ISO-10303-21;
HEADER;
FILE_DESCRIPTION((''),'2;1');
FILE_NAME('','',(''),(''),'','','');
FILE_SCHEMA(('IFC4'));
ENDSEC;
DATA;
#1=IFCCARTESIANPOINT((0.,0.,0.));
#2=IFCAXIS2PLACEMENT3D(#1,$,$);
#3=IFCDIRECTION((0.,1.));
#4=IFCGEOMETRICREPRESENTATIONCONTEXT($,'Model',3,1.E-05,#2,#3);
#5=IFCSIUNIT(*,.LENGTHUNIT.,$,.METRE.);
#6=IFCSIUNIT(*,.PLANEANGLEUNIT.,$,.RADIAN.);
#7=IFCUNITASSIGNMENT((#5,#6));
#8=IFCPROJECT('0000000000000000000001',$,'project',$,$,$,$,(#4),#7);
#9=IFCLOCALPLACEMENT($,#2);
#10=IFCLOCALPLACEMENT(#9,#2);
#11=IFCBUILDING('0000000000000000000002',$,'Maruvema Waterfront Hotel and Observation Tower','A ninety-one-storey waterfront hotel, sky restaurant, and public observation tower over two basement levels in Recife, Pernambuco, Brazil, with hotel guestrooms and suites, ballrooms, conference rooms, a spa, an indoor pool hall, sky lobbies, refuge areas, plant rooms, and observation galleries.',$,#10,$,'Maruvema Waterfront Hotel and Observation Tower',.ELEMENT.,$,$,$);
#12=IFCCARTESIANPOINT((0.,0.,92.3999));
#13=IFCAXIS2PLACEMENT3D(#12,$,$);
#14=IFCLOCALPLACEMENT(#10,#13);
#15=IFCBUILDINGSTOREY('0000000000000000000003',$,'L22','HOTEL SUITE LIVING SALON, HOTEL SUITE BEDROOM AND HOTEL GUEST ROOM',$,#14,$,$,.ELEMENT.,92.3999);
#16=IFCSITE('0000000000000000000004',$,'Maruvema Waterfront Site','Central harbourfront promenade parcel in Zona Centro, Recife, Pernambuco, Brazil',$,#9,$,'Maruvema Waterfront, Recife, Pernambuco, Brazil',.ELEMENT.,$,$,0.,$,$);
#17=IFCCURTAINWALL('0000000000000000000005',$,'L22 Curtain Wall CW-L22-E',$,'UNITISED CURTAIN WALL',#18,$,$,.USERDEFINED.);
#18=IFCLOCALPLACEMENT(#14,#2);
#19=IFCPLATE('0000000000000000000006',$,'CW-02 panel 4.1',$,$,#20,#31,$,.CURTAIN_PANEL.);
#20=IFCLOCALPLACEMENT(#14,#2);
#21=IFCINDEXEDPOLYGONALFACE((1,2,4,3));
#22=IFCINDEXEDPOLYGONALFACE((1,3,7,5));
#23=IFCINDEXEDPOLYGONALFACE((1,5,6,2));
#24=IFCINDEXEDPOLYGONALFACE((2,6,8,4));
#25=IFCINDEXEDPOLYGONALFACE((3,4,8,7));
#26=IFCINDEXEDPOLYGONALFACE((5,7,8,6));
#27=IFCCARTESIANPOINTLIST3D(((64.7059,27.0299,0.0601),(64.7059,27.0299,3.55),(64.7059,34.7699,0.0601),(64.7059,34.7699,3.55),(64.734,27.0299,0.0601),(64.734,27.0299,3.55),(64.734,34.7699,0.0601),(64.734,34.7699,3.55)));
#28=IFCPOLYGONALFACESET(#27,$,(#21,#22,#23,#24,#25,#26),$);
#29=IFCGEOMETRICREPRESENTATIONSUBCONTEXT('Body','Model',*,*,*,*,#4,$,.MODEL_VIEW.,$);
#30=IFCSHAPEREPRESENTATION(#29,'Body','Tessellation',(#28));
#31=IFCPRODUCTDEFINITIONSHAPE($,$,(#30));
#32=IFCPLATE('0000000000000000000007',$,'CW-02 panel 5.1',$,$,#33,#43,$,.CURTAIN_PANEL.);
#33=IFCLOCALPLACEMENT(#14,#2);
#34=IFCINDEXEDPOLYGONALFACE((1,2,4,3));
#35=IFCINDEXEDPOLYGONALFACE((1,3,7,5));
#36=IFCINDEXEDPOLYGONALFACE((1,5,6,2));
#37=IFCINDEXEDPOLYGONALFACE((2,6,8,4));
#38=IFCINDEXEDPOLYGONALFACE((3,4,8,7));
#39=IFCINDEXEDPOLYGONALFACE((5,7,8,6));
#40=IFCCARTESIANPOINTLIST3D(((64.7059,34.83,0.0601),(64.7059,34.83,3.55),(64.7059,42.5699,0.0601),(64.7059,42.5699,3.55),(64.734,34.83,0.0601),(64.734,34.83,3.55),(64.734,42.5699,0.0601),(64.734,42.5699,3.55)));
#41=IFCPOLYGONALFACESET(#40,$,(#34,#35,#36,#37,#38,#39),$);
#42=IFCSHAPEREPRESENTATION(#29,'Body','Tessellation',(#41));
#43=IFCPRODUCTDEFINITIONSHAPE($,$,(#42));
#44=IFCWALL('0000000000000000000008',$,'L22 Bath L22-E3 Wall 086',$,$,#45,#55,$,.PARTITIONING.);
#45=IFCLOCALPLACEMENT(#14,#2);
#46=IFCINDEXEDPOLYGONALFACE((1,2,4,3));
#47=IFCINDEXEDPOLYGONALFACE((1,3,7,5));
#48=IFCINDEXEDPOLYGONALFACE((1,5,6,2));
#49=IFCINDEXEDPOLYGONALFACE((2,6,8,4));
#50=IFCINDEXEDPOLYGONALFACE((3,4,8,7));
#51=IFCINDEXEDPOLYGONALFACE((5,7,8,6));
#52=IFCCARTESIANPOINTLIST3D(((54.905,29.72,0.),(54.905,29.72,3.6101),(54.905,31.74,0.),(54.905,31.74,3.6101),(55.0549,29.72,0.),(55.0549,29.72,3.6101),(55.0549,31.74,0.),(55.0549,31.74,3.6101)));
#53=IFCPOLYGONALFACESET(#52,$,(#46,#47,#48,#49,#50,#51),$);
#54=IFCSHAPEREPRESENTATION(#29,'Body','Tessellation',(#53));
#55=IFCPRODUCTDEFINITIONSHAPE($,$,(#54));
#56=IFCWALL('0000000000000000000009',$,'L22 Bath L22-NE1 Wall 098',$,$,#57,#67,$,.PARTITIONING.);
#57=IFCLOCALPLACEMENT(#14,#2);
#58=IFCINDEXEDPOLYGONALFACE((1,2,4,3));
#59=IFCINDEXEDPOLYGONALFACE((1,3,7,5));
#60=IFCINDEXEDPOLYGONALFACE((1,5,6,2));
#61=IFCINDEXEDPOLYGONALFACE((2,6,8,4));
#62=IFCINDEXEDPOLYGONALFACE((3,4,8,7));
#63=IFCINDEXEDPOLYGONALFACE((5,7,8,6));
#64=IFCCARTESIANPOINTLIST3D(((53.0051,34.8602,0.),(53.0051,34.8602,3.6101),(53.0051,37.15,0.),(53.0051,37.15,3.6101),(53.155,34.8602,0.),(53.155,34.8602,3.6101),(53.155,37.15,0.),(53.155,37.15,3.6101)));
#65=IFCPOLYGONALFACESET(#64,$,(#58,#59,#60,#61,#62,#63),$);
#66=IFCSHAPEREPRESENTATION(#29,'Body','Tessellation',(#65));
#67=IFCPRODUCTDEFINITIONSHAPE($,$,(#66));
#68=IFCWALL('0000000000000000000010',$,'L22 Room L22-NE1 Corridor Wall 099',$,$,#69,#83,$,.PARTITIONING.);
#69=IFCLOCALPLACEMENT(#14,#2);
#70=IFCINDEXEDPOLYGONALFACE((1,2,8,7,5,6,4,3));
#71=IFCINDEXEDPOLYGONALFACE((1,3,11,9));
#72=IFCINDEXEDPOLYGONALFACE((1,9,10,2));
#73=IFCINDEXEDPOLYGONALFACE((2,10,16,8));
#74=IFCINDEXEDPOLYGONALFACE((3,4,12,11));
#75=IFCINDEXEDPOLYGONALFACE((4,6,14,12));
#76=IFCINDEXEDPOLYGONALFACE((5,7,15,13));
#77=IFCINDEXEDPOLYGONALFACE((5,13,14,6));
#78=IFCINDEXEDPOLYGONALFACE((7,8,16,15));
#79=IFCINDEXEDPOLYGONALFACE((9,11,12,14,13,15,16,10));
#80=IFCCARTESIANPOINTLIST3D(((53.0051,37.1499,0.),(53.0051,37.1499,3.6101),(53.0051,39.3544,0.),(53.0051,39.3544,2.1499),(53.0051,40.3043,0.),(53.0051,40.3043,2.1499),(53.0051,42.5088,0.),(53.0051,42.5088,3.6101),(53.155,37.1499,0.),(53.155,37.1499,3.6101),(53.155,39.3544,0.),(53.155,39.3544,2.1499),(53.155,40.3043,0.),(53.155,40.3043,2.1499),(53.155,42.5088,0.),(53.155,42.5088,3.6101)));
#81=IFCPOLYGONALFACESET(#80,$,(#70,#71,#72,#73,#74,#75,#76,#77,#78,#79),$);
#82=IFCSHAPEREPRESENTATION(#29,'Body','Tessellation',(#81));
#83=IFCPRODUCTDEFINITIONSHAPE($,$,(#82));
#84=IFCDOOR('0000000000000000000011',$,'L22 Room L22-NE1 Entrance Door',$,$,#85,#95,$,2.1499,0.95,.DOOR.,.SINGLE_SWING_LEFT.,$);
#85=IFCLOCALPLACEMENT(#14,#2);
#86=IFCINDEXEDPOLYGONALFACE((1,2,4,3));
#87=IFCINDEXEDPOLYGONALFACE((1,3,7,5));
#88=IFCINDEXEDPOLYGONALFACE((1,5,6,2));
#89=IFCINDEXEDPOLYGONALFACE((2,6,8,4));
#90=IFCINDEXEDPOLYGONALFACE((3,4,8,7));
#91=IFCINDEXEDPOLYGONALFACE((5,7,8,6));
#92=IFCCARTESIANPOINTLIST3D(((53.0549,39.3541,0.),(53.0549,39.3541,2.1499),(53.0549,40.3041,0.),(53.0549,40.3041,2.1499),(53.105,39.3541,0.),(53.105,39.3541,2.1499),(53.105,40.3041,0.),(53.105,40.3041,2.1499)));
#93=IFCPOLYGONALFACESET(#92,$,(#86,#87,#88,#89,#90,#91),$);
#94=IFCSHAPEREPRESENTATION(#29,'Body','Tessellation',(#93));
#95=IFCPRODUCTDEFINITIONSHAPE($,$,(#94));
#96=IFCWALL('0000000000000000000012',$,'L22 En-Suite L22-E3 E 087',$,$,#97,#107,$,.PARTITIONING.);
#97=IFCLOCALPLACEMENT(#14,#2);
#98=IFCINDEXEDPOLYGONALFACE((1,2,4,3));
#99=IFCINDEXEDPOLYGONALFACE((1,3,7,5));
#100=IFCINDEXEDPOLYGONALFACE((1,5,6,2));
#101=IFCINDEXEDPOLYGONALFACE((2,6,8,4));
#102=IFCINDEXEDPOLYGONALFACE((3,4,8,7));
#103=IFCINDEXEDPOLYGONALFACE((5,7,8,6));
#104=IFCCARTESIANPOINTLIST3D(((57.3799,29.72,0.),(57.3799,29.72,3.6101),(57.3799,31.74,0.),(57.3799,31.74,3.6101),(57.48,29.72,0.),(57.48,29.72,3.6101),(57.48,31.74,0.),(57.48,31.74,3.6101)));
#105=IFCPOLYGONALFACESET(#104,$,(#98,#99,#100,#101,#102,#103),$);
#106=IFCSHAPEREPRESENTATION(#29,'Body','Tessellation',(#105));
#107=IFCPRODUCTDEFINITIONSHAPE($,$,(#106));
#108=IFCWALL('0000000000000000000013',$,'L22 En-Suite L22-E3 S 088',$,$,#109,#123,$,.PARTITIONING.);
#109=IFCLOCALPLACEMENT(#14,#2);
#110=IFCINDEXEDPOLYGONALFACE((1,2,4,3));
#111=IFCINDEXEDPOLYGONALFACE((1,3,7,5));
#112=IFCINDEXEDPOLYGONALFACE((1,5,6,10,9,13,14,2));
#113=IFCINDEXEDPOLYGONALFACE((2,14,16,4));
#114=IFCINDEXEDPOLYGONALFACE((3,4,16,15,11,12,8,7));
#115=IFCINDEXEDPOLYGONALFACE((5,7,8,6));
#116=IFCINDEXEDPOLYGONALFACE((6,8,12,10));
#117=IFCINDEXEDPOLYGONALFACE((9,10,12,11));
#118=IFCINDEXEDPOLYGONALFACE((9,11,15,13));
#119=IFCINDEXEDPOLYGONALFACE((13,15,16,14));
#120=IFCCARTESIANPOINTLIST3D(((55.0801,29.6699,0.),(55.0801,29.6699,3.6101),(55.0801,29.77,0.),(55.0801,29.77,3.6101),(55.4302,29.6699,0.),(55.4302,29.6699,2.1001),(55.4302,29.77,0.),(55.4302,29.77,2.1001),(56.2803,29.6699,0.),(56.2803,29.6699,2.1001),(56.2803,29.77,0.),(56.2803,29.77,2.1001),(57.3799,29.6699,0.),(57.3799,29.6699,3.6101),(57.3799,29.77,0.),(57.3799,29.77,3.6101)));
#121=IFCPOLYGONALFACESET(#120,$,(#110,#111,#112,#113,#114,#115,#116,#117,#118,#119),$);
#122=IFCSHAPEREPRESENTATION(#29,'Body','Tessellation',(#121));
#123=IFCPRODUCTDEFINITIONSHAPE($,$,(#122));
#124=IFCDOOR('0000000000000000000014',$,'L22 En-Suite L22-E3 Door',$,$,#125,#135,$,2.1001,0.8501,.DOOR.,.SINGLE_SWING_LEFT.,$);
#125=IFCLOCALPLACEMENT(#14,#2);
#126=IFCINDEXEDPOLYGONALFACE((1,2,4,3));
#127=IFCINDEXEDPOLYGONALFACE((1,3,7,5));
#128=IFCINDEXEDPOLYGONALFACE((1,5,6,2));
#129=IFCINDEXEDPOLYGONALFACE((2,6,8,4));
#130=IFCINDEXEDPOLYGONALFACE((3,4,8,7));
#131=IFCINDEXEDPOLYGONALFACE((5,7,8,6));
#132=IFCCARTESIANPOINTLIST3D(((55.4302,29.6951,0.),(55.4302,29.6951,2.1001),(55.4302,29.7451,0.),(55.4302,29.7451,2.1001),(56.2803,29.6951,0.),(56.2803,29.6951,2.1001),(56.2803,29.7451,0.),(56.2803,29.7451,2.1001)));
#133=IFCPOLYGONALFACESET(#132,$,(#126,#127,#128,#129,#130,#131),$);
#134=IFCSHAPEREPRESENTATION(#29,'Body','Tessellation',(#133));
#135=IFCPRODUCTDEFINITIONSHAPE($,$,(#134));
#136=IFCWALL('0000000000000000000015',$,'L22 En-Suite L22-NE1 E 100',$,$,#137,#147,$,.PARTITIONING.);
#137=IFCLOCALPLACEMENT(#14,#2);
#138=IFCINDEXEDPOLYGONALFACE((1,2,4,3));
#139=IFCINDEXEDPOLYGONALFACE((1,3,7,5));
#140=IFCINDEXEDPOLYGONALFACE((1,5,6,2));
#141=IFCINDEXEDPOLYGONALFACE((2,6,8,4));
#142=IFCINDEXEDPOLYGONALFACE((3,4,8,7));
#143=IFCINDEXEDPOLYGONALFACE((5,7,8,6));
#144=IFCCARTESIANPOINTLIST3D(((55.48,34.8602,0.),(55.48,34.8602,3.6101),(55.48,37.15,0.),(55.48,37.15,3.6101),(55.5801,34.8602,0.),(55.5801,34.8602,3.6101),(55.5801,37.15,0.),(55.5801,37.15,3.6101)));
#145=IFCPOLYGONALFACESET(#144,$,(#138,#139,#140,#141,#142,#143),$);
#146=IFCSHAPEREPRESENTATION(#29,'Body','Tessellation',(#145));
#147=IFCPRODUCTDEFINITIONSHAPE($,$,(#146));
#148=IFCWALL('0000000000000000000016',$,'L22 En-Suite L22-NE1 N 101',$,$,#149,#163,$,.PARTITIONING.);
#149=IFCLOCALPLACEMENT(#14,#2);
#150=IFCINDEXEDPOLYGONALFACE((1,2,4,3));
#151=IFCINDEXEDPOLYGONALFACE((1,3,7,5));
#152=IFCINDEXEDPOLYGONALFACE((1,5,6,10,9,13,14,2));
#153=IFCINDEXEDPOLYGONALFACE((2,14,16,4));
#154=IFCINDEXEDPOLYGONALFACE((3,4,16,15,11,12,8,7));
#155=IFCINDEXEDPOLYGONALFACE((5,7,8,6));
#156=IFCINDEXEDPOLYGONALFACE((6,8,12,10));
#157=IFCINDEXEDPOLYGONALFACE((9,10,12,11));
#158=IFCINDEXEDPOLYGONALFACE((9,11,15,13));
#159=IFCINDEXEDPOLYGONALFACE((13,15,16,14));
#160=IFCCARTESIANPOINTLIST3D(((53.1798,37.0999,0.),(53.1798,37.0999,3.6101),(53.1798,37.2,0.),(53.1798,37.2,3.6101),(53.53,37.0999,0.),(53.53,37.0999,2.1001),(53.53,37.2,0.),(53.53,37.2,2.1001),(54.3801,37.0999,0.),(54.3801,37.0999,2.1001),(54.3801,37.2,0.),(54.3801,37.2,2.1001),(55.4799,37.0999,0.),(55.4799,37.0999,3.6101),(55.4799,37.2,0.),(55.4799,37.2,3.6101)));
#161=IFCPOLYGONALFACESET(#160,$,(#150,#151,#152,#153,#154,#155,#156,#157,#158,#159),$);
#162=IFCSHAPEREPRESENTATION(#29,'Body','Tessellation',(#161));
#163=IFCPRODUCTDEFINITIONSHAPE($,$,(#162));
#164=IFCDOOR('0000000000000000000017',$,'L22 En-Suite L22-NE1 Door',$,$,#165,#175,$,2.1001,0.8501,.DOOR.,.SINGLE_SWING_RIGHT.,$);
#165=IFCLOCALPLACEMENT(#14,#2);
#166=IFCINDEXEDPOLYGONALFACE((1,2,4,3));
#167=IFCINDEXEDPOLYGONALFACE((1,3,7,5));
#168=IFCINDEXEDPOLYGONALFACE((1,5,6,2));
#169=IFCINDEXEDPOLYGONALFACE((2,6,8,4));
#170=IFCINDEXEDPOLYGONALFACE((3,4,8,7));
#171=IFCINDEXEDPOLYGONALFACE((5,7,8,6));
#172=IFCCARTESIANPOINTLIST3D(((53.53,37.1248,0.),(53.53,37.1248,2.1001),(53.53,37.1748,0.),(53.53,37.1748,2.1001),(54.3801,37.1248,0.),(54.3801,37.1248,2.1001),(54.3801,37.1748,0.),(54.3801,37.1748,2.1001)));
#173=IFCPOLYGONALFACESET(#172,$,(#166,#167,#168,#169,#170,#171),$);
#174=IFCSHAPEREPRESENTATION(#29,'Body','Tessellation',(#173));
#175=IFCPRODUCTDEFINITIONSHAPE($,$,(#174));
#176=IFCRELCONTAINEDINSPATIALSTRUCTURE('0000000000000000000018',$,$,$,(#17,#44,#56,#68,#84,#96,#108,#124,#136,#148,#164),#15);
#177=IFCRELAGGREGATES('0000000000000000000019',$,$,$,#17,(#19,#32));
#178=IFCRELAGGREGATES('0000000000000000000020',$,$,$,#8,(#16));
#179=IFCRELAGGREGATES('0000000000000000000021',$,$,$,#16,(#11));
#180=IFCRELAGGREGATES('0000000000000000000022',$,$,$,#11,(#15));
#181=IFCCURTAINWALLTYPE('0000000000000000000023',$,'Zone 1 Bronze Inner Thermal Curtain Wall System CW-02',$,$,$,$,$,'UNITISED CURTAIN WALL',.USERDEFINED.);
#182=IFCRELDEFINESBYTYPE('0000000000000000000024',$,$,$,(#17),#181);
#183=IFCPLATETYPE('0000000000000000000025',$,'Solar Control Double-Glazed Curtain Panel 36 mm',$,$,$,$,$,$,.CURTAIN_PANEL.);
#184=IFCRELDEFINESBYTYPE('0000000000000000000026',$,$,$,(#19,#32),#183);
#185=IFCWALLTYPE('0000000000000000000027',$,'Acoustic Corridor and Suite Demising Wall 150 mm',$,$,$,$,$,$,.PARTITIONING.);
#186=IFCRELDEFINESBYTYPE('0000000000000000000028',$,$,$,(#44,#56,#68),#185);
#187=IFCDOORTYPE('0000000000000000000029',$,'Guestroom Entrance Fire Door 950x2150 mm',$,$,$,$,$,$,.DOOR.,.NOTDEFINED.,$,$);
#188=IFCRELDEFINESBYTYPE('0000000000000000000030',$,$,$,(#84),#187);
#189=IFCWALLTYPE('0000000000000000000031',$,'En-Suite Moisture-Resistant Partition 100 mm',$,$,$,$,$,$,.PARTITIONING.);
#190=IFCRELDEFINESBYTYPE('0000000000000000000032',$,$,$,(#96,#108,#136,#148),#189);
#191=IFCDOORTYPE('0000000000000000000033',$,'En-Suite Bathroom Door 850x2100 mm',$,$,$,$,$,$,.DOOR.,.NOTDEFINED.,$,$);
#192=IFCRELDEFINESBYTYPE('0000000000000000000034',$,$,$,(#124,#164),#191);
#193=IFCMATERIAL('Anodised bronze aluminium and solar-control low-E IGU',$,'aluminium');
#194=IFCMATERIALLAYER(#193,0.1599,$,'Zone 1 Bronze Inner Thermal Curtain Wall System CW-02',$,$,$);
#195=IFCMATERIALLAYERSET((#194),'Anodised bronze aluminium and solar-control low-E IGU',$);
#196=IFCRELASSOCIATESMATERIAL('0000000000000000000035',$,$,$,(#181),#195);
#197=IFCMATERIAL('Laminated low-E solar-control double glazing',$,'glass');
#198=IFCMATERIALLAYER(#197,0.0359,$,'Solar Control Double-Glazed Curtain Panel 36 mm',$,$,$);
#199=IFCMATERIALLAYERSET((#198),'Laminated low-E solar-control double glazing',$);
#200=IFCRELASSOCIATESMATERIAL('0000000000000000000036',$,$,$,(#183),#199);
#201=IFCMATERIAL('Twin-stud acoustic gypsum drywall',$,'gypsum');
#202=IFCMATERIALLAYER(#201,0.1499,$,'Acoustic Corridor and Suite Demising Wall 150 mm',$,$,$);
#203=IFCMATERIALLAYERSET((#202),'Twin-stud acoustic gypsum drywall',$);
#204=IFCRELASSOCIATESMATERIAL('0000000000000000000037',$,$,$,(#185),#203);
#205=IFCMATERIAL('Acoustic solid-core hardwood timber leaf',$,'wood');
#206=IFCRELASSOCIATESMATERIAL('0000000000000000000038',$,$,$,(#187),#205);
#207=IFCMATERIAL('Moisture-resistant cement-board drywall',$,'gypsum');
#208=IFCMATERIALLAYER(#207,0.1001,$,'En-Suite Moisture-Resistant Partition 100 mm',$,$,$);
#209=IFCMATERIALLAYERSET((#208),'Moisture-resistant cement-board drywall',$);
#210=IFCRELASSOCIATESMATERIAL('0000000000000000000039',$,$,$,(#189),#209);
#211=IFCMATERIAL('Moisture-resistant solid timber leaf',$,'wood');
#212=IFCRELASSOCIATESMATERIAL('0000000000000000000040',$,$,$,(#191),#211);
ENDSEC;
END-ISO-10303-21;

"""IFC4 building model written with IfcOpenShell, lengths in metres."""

from ifc_helpers import new_model, si_unit, direction, frame, frame_2d, origin, origin_2d, place, context, subcontext, project, spatial, rectangle, extrude, material, layer, layer_set, type_object, element, fill, aggregate, save


model = new_model("IFC4")

# Units and contexts
model_context = context("Model", 3, precision=1e-05, world=origin(), true_north=direction((0.0, 1.0)))
body_context = subcontext(model_context, "Body", "Model", "MODEL_VIEW")
ifc_project = project(units=[si_unit("LENGTHUNIT", "METRE"), si_unit("PLANEANGLEUNIT", "RADIAN")], contexts=[model_context])

# Site, building, storey
site_placement = place(None, origin())
site = spatial("IfcSite", under=ifc_project, at=site_placement, Name="Maruvema Waterfront Site", Description="Central harbourfront promenade parcel in Zona Centro, Recife, Pernambuco, Brazil", LongName="Maruvema Waterfront, Recife, Pernambuco, Brazil", CompositionType="ELEMENT", RefElevation=0.0)
building_placement = place(site_placement, origin())
building = spatial("IfcBuilding", under=site, at=building_placement, Name="Maruvema Waterfront Hotel and Observation Tower", Description="A ninety-one-storey waterfront hotel, sky restaurant, and public observation tower over two basement levels in Recife, Pernambuco, Brazil, with hotel guestrooms and suites, ballrooms, conference rooms, a spa, an indoor pool hall, sky lobbies, refuge areas, plant rooms, and observation galleries.", LongName="Maruvema Waterfront Hotel and Observation Tower", CompositionType="ELEMENT")
storey_placement = place(building_placement, frame((0.0, 0.0, 92.3999)))
storey = spatial("IfcBuildingStorey", under=building, at=storey_placement, Name="L22", Description="HOTEL SUITE LIVING SALON, HOTEL SUITE BEDROOM AND HOTEL GUEST ROOM", CompositionType="ELEMENT", Elevation=92.3999)

# Curtain wall
ifc_material_1 = material(Name="Anodised bronze aluminium and solar-control low-E IGU", Category="aluminium")
ifc_layer_1 = layer(ifc_material_1, 0.1599, Name="Zone 1 Bronze Inner Thermal Curtain Wall System CW-02")
ifc_layer_set_1 = layer_set([ifc_layer_1], Name="Anodised bronze aluminium and solar-control low-E IGU")
curtain_wall_type = type_object("IfcCurtainWallType", Name="Zone 1 Bronze Inner Thermal Curtain Wall System CW-02", ElementType="UNITISED CURTAIN WALL", PredefinedType="USERDEFINED", material=ifc_layer_set_1)
curtain_wall_placement = place(storey_placement, origin())
curtain_wall = element("IfcCurtainWall", 1, at=curtain_wall_placement, inside=storey, type_object=curtain_wall_type, Name="L22 Curtain Wall CW-L22-E", ObjectType="UNITISED CURTAIN WALL", PredefinedType="USERDEFINED")

# Plates
ifc_material_2 = material(Name="Laminated low-E solar-control double glazing", Category="glass")
ifc_layer_2 = layer(ifc_material_2, 0.0359, Name="Solar Control Double-Glazed Curtain Panel 36 mm")
ifc_layer_set_2 = layer_set([ifc_layer_2], Name="Laminated low-E solar-control double glazing")
plate_type = type_object("IfcPlateType", Name="Solar Control Double-Glazed Curtain Panel 36 mm", PredefinedType="CURTAIN_PANEL", material=ifc_layer_set_2)
plate_1_placement = place(storey_placement, frame((64.72, 30.8999, 0.0601), z_axis=(0.0, 0.0, 1.0), x_axis=(0.0, 1.0, 0.0)))
plate_1 = element("IfcPlate", 2, at=plate_1_placement, type_object=plate_type, Name="CW-02 panel 4.1", PredefinedType="CURTAIN_PANEL", context=body_context, shape_type="SweptSolid", body=[
    extrude(rectangle(XDim=7.74, YDim=0.0281, at=origin_2d()), origin(), (0.0, 0.0, 1.0), 3.49),
])
plate_2_placement = place(storey_placement, frame((64.72, 38.7, 0.0601), z_axis=(0.0, 0.0, 1.0), x_axis=(0.0, 1.0, 0.0)))
plate_2 = element("IfcPlate", 3, at=plate_2_placement, type_object=plate_type, Name="CW-02 panel 5.1", PredefinedType="CURTAIN_PANEL", context=body_context, shape_type="SweptSolid", body=[
    extrude(rectangle(XDim=7.74, YDim=0.0281, at=origin_2d()), origin(), (0.0, 0.0, 1.0), 3.49),
])
aggregate(curtain_wall, [plate_1, plate_2])

# Walls
ifc_material_3 = material(Name="Twin-stud acoustic gypsum drywall", Category="gypsum")
ifc_layer_3 = layer(ifc_material_3, 0.1499, Name="Acoustic Corridor and Suite Demising Wall 150 mm")
ifc_layer_set_3 = layer_set([ifc_layer_3], Name="Twin-stud acoustic gypsum drywall")
wall_type_1 = type_object("IfcWallType", Name="Acoustic Corridor and Suite Demising Wall 150 mm", PredefinedType="PARTITIONING", material=ifc_layer_set_3)
wall_1_placement = place(storey_placement, frame((54.98, 29.72, 0.0), z_axis=(0.0, 0.0, 1.0), x_axis=(0.0, 1.0, 0.0)))
element("IfcWall", 4, at=wall_1_placement, inside=storey, type_object=wall_type_1, Name="L22 Bath L22-E3 Wall 086", PredefinedType="PARTITIONING", context=body_context, shape_type="SweptSolid", body=[
    extrude(rectangle(XDim=2.02, YDim=0.1499, at=frame_2d((1.01, 0.0))), origin(), (0.0, 0.0, 1.0), 3.6101),
])
wall_2_placement = place(storey_placement, frame((53.0801, 34.8601, 0.0), z_axis=(0.0, 0.0, 1.0), x_axis=(0.0, 1.0, 0.0)))
element("IfcWall", 5, at=wall_2_placement, inside=storey, type_object=wall_type_1, Name="L22 Bath L22-NE1 Wall 098", PredefinedType="PARTITIONING", context=body_context, shape_type="SweptSolid", body=[
    extrude(rectangle(XDim=2.2898, YDim=0.1499, at=frame_2d((1.145, 0.0))), origin(), (0.0, 0.0, 1.0), 3.6101),
])

# Wall, opening, door
wall_3_placement = place(storey_placement, frame((53.0801, 37.1499, 0.0), z_axis=(0.0, 0.0, 1.0), x_axis=(0.0, 1.0, 0.0)))
wall_3 = element("IfcWall", 6, at=wall_3_placement, inside=storey, type_object=wall_type_1, Name="L22 Room L22-NE1 Corridor Wall 099", PredefinedType="PARTITIONING", context=body_context, shape_type="SweptSolid", body=[
    extrude(rectangle(XDim=5.3589, YDim=0.1499, at=frame_2d((2.6794, 0.0))), origin(), (0.0, 0.0, 1.0), 3.6101),
])
opening_1_placement = place(wall_3_placement, frame((2.2043, 0.0, 0.0)))
opening_1 = element("IfcOpeningElement", 7, at=opening_1_placement, cuts=wall_3, PredefinedType="OPENING", context=body_context, shape_type="SweptSolid", body=[
    extrude(rectangle(XDim=0.95, YDim=2.1499, at=frame_2d((0.4751, 1.075))), frame((0.0, 0.085, 0.0), z_axis=(0.0, -1.0, 0.0), x_axis=(1.0, 0.0, 0.0)), (0.0, 0.0, 1.0), 0.1699),
])
ifc_material_4 = material(Name="Acoustic solid-core hardwood timber leaf", Category="wood")
door_type_1 = type_object("IfcDoorType", Name="Guestroom Entrance Fire Door 950x2150 mm", OperationType="NOTDEFINED", PredefinedType="DOOR", material=ifc_material_4)
door_1_placement = place(opening_1_placement, frame((0.95, 0.0, 0.0), z_axis=(0.0, 0.0, 1.0), x_axis=(-1.0, 0.0, 0.0)))
door_1 = element("IfcDoor", 8, at=door_1_placement, inside=storey, type_object=door_type_1, Name="L22 Room L22-NE1 Entrance Door", OperationType="SINGLE_SWING_LEFT", OverallHeight=2.1499, OverallWidth=0.95, PredefinedType="DOOR", context=body_context, shape_type="SweptSolid", body=[
    extrude(rectangle(XDim=0.95, YDim=2.1499, at=frame_2d((0.4751, 1.075))), frame((0.0, 0.0249, 0.0), z_axis=(0.0, -1.0, 0.0), x_axis=(1.0, 0.0, 0.0)), (0.0, 0.0, 1.0), 0.05),
])
fill(opening_1, door_1)

# Wall
ifc_material_5 = material(Name="Moisture-resistant cement-board drywall", Category="gypsum")
ifc_layer_4 = layer(ifc_material_5, 0.1001, Name="En-Suite Moisture-Resistant Partition 100 mm")
ifc_layer_set_4 = layer_set([ifc_layer_4], Name="Moisture-resistant cement-board drywall")
wall_type_2 = type_object("IfcWallType", Name="En-Suite Moisture-Resistant Partition 100 mm", PredefinedType="PARTITIONING", material=ifc_layer_set_4)
wall_4_placement = place(storey_placement, frame((57.4299, 29.72, 0.0), z_axis=(0.0, 0.0, 1.0), x_axis=(0.0, 1.0, 0.0)))
element("IfcWall", 9, at=wall_4_placement, inside=storey, type_object=wall_type_2, Name="L22 En-Suite L22-E3 E 087", PredefinedType="PARTITIONING", context=body_context, shape_type="SweptSolid", body=[
    extrude(rectangle(XDim=2.02, YDim=0.1001, at=frame_2d((1.01, 0.0))), origin(), (0.0, 0.0, 1.0), 3.6101),
])

# Wall, opening, door
wall_5_placement = place(storey_placement, frame((55.0801, 29.72, 0.0), z_axis=(0.0, 0.0, 1.0), x_axis=(1.0, 0.0, 0.0)))
wall_5 = element("IfcWall", 10, at=wall_5_placement, inside=storey, type_object=wall_type_2, Name="L22 En-Suite L22-E3 S 088", PredefinedType="PARTITIONING", context=body_context, shape_type="SweptSolid", body=[
    extrude(rectangle(XDim=2.2998, YDim=0.1001, at=frame_2d((1.1499, 0.0))), origin(), (0.0, 0.0, 1.0), 3.6101),
])
opening_2_placement = place(wall_5_placement, frame((0.3501, 0.0, 0.0)))
opening_2 = element("IfcOpeningElement", 11, at=opening_2_placement, cuts=wall_5, PredefinedType="OPENING", context=body_context, shape_type="SweptSolid", body=[
    extrude(rectangle(XDim=0.8501, YDim=2.1001, at=frame_2d((0.425, 1.05))), frame((0.0, 0.0601, 0.0), z_axis=(0.0, -1.0, 0.0), x_axis=(1.0, 0.0, 0.0)), (0.0, 0.0, 1.0), 0.1201),
])
ifc_material_6 = material(Name="Moisture-resistant solid timber leaf", Category="wood")
door_type_2 = type_object("IfcDoorType", Name="En-Suite Bathroom Door 850x2100 mm", OperationType="NOTDEFINED", PredefinedType="DOOR", material=ifc_material_6)
door_2_placement = place(opening_2_placement, frame((0.8501, 0.0, 0.0), z_axis=(0.0, 0.0, 1.0), x_axis=(-1.0, 0.0, 0.0)))
door_2 = element("IfcDoor", 12, at=door_2_placement, inside=storey, type_object=door_type_2, Name="L22 En-Suite L22-E3 Door", OperationType="SINGLE_SWING_LEFT", OverallHeight=2.1001, OverallWidth=0.8501, PredefinedType="DOOR", context=body_context, shape_type="SweptSolid", body=[
    extrude(rectangle(XDim=0.8501, YDim=2.1001, at=frame_2d((0.425, 1.05))), frame((0.0, 0.0249, 0.0), z_axis=(0.0, -1.0, 0.0), x_axis=(1.0, 0.0, 0.0)), (0.0, 0.0, 1.0), 0.05),
])
fill(opening_2, door_2)

# Wall
wall_6_placement = place(storey_placement, frame((55.53, 34.8601, 0.0), z_axis=(0.0, 0.0, 1.0), x_axis=(0.0, 1.0, 0.0)))
element("IfcWall", 13, at=wall_6_placement, inside=storey, type_object=wall_type_2, Name="L22 En-Suite L22-NE1 E 100", PredefinedType="PARTITIONING", context=body_context, shape_type="SweptSolid", body=[
    extrude(rectangle(XDim=2.2898, YDim=0.1001, at=frame_2d((1.145, 0.0))), origin(), (0.0, 0.0, 1.0), 3.6101),
])

# Wall, opening, door
wall_7_placement = place(storey_placement, frame((53.1799, 37.1499, 0.0), z_axis=(0.0, 0.0, 1.0), x_axis=(1.0, 0.0, 0.0)))
wall_7 = element("IfcWall", 14, at=wall_7_placement, inside=storey, type_object=wall_type_2, Name="L22 En-Suite L22-NE1 N 101", PredefinedType="PARTITIONING", context=body_context, shape_type="SweptSolid", body=[
    extrude(rectangle(XDim=2.3, YDim=0.1001, at=frame_2d((1.1499, 0.0))), origin(), (0.0, 0.0, 1.0), 3.6101),
])
opening_3_placement = place(wall_7_placement, frame((0.3501, 0.0, 0.0)))
opening_3 = element("IfcOpeningElement", 15, at=opening_3_placement, cuts=wall_7, PredefinedType="OPENING", context=body_context, shape_type="SweptSolid", body=[
    extrude(rectangle(XDim=0.8501, YDim=2.1001, at=frame_2d((0.425, 1.05))), frame((0.0, 0.0601, 0.0), z_axis=(0.0, -1.0, 0.0), x_axis=(1.0, 0.0, 0.0)), (0.0, 0.0, 1.0), 0.1201),
])
door_3_placement = place(opening_3_placement, origin())
door_3 = element("IfcDoor", 16, at=door_3_placement, inside=storey, type_object=door_type_2, Name="L22 En-Suite L22-NE1 Door", OperationType="SINGLE_SWING_RIGHT", OverallHeight=2.1001, OverallWidth=0.8501, PredefinedType="DOOR", context=body_context, shape_type="SweptSolid", body=[
    extrude(rectangle(XDim=0.8501, YDim=2.1001, at=frame_2d((0.425, 1.05))), frame((0.0, 0.0249, 0.0), z_axis=(0.0, -1.0, 0.0), x_axis=(1.0, 0.0, 0.0)), (0.0, 0.0, 1.0), 0.05),
])
fill(opening_3, door_3)

save(model, "model.ifc")
